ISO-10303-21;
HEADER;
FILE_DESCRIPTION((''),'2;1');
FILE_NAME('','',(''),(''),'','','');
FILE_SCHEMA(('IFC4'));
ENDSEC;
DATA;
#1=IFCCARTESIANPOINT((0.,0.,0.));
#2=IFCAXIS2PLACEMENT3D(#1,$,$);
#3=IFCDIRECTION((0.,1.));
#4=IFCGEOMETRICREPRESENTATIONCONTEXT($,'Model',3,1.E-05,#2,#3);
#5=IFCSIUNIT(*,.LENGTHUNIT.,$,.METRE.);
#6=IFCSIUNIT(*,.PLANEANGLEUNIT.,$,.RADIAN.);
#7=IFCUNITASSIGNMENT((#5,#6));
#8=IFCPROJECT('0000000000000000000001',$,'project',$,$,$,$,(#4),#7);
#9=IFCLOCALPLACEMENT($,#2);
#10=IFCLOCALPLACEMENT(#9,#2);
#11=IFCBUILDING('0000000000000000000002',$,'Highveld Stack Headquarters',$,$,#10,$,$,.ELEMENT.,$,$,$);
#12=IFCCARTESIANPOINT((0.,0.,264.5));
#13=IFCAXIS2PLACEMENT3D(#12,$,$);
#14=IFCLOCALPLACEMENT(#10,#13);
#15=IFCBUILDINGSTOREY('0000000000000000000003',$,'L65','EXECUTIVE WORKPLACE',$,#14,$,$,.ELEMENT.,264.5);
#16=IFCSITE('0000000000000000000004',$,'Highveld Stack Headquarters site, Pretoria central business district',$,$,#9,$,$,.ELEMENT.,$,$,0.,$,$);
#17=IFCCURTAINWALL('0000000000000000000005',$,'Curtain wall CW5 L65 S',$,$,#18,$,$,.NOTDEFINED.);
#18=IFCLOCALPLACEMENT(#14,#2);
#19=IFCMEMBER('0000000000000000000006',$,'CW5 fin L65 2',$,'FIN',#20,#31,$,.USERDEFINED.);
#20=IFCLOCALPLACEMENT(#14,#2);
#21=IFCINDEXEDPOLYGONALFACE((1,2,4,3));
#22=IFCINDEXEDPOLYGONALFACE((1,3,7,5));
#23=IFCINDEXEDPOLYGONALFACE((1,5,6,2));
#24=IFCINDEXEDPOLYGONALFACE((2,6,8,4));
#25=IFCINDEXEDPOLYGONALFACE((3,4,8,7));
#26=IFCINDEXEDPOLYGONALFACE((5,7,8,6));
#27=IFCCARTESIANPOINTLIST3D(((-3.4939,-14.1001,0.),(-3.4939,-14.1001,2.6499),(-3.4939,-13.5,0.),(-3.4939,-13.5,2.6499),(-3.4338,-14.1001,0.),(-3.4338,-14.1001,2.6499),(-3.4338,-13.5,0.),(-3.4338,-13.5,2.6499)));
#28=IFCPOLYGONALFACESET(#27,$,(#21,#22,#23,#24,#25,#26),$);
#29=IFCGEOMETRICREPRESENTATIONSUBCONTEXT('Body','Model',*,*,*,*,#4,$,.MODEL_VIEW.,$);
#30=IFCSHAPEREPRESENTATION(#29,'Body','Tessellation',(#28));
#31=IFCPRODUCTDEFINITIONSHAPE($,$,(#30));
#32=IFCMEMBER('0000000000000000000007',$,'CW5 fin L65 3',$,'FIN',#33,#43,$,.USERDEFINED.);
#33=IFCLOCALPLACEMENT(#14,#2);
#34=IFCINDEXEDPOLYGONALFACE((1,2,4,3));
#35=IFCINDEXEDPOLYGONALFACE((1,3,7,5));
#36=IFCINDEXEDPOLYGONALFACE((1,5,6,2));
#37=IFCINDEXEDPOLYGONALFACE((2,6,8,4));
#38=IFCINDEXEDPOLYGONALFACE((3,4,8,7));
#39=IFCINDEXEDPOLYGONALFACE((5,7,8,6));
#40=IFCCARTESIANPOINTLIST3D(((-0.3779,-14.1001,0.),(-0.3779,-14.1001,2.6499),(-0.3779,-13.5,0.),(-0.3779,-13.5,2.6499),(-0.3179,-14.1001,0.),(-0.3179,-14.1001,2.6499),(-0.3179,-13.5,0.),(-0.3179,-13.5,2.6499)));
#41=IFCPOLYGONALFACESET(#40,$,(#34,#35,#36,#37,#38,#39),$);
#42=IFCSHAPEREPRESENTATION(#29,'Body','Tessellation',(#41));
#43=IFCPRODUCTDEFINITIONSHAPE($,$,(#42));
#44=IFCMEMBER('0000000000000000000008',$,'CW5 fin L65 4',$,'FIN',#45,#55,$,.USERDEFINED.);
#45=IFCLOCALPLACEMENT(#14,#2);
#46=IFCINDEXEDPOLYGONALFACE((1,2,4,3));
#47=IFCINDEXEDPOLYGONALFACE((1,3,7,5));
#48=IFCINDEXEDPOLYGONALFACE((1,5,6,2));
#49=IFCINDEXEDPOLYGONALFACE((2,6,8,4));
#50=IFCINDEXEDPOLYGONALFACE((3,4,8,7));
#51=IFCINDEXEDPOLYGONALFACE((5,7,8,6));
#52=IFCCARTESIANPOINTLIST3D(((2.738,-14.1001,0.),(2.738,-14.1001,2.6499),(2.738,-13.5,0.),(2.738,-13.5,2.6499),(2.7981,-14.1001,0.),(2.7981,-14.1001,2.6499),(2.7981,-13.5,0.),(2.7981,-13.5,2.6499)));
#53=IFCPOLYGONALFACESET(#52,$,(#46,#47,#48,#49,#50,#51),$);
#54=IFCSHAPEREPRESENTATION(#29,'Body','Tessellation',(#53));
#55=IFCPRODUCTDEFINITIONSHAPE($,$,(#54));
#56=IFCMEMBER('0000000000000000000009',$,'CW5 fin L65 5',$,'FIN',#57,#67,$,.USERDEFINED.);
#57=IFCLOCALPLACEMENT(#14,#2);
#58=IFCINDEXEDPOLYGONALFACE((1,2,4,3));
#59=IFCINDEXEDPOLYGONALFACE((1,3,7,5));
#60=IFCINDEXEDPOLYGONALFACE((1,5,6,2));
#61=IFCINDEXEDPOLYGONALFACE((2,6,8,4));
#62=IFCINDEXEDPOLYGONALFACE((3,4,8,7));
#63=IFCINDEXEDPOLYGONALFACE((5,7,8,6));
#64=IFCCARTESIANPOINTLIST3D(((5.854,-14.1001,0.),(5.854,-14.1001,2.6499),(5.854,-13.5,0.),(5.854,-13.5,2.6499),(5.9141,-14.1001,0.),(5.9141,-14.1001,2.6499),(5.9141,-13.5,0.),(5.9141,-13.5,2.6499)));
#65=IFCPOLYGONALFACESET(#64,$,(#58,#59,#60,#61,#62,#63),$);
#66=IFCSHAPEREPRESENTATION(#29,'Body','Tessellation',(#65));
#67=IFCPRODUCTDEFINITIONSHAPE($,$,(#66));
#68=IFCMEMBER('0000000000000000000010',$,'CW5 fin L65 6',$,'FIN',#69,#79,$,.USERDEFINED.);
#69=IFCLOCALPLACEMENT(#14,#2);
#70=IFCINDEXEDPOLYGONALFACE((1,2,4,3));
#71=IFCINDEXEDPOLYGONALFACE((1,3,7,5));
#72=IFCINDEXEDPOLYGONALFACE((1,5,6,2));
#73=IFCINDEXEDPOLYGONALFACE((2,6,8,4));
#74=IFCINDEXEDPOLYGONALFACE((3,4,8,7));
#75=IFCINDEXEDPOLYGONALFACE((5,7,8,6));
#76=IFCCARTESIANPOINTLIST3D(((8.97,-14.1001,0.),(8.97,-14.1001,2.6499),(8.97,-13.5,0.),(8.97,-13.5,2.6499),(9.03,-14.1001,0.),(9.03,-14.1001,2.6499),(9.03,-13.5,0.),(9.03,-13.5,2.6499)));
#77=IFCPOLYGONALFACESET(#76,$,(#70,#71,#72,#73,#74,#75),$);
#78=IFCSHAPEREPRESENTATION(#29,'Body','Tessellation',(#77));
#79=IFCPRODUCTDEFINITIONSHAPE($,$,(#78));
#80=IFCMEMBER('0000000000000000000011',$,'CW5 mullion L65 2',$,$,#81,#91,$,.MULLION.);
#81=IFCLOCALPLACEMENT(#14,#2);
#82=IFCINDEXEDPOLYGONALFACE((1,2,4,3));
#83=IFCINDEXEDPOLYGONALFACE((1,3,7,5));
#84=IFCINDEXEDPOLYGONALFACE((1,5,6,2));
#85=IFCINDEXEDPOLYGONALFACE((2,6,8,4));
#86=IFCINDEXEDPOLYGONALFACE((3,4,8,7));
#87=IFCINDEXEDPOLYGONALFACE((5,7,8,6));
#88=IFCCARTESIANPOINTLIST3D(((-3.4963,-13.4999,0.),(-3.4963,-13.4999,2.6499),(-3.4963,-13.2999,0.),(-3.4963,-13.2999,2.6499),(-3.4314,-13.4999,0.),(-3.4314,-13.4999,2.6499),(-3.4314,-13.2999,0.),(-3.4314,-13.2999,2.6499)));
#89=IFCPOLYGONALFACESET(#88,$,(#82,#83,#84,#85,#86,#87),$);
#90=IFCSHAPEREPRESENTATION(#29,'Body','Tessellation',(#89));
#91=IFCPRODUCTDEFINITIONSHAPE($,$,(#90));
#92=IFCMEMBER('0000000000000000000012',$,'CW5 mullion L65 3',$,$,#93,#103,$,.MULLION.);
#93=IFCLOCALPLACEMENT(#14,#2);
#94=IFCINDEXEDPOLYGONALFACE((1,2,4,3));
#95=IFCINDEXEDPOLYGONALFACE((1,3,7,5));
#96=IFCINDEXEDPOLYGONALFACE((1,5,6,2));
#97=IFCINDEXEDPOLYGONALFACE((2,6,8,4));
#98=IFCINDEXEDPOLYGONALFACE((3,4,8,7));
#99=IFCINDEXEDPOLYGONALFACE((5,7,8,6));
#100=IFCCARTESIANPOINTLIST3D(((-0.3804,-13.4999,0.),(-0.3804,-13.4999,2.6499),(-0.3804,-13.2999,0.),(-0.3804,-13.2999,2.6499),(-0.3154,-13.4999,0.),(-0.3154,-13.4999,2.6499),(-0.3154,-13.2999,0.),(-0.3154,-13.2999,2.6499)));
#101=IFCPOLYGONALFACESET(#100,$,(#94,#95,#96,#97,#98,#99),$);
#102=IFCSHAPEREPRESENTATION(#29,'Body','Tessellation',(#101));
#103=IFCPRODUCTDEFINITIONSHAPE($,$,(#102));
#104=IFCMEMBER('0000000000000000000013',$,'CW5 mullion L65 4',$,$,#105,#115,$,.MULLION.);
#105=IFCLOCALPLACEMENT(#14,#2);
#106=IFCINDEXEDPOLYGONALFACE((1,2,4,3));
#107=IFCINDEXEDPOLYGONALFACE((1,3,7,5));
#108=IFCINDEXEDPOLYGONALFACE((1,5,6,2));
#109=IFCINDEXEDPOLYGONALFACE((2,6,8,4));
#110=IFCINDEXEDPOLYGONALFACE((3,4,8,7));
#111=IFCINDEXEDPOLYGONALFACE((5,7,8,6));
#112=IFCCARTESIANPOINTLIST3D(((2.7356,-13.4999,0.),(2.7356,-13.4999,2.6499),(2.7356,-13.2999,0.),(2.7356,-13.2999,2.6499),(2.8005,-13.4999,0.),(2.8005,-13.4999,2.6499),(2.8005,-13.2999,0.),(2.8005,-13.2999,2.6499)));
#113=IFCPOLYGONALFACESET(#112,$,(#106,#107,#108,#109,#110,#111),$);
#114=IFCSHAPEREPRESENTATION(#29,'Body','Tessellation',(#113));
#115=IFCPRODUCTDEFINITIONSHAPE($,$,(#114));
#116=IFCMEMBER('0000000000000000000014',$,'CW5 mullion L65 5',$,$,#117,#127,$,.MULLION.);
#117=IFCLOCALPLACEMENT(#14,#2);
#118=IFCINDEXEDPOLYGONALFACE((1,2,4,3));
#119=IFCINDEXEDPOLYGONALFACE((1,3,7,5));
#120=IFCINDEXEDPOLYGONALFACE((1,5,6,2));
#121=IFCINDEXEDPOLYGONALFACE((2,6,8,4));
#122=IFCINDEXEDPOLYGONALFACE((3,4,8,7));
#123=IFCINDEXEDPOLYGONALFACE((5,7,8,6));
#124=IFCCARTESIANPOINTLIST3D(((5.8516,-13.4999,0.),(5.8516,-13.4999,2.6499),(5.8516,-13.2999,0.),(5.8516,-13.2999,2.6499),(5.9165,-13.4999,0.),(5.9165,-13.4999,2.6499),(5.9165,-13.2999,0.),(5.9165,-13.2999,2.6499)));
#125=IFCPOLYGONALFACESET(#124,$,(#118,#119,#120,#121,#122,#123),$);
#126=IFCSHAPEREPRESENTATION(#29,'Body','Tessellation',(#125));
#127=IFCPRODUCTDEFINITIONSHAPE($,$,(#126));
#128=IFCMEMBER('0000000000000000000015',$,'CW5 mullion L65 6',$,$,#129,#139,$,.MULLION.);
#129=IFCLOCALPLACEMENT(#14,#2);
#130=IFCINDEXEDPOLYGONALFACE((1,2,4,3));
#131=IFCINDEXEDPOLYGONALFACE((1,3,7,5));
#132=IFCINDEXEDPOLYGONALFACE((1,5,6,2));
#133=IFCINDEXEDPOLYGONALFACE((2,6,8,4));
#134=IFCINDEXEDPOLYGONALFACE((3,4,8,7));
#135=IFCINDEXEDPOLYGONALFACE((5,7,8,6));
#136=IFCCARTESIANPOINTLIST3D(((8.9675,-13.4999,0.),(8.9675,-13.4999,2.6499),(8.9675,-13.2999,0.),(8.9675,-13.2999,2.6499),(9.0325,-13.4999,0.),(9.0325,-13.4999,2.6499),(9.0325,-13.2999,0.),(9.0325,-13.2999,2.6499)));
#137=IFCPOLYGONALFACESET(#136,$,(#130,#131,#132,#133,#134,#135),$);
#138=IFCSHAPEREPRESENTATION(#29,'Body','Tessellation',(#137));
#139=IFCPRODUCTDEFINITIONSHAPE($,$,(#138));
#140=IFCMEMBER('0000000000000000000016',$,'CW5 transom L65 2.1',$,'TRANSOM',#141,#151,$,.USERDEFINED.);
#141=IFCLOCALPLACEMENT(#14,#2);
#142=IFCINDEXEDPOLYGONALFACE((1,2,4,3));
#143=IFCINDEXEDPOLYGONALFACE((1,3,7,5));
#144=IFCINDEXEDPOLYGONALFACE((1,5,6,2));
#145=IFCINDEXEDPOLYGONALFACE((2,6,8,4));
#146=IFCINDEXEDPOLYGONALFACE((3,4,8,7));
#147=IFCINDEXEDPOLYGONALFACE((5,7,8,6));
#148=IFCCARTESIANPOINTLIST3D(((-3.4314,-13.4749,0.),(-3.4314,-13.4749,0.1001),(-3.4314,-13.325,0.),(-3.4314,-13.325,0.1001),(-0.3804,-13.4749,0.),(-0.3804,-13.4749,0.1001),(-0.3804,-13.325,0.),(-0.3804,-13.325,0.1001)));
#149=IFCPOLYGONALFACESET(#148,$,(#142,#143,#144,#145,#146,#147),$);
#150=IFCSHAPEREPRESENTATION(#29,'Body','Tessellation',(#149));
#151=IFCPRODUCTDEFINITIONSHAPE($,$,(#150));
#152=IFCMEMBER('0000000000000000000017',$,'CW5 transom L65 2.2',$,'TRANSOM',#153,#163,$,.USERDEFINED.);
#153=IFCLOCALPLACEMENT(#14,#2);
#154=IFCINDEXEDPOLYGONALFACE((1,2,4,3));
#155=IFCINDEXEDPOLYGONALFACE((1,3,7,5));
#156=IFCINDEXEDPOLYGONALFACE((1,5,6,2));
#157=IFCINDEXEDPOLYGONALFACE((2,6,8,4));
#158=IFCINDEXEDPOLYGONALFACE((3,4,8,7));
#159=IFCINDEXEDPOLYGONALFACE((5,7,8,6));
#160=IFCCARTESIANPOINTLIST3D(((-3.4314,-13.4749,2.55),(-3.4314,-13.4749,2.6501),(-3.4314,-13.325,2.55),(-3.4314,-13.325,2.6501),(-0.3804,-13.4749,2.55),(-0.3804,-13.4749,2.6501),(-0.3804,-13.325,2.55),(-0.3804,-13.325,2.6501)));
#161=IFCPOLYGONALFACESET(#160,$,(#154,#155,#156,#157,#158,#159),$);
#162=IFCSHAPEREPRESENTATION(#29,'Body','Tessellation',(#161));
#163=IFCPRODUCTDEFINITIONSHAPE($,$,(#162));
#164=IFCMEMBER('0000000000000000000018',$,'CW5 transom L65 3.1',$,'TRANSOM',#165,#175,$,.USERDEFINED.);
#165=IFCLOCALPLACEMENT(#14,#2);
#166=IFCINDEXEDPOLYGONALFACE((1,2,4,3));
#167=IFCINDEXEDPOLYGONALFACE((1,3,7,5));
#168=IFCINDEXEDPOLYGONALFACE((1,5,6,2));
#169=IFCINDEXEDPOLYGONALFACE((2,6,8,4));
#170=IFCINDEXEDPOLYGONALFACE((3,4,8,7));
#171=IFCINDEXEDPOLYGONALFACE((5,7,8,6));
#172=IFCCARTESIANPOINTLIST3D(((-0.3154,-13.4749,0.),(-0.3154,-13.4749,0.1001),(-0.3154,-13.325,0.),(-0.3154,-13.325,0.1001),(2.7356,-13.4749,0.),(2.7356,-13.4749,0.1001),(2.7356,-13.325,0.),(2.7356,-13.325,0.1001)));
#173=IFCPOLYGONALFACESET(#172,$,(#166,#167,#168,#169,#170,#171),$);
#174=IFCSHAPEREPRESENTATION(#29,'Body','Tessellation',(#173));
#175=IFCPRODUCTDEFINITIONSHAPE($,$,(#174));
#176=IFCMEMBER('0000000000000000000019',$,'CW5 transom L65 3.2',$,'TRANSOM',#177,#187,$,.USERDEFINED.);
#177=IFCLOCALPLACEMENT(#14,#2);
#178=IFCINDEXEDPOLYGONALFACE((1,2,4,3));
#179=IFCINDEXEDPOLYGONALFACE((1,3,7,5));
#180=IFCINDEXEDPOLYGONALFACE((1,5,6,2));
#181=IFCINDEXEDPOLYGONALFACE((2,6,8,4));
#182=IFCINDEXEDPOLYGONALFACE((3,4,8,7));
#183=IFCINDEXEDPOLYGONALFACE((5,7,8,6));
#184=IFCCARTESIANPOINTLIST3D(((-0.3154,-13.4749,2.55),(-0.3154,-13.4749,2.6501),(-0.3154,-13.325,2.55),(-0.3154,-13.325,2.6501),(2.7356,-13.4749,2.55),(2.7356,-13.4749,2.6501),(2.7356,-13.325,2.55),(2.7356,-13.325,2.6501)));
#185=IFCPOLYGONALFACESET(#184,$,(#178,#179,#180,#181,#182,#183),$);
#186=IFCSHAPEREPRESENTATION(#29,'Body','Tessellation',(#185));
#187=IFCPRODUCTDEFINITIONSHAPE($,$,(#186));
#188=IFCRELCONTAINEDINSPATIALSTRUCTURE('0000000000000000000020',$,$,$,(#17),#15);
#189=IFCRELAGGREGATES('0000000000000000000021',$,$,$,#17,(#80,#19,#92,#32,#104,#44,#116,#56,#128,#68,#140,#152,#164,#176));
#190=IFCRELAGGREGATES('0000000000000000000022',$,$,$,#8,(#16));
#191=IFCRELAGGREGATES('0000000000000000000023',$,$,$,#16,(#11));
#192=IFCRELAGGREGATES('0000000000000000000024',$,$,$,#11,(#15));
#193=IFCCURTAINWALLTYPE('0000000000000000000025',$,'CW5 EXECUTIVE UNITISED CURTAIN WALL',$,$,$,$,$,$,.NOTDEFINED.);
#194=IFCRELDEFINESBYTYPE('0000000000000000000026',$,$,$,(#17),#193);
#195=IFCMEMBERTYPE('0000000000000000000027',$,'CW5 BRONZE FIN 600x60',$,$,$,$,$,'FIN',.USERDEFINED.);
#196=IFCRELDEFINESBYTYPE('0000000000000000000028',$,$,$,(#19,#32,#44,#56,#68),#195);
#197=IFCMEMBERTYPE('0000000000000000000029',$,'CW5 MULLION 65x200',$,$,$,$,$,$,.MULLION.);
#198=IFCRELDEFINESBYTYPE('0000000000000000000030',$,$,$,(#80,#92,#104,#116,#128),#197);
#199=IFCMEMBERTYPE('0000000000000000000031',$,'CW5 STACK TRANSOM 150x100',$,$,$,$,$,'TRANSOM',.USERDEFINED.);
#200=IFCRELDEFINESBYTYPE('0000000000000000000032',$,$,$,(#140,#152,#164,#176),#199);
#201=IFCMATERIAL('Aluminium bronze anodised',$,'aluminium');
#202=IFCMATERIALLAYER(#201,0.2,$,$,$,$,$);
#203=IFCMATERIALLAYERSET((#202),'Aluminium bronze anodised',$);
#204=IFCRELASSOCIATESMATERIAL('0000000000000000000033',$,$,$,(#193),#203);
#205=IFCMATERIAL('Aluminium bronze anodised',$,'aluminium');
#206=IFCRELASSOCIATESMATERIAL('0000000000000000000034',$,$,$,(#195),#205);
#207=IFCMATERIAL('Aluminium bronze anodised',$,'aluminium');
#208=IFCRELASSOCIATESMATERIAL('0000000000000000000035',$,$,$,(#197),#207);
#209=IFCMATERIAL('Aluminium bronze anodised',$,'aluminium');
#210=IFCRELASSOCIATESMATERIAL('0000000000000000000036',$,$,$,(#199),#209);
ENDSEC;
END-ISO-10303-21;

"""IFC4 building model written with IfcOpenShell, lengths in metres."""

from ifc_helpers import new_model, si_unit, direction, frame, origin, origin_2d, place, context, subcontext, project, spatial, rectangle, extrude, material, layer, layer_set, material_profile, profile_set, type_object, element, aggregate, save


model = new_model("IFC4")

# Units and contexts
model_context = context("Model", 3, precision=1e-05, world=origin(), true_north=direction((0.0, 1.0)))
body_context = subcontext(model_context, "Body", "Model", "MODEL_VIEW")
ifc_project = project(units=[si_unit("LENGTHUNIT", "METRE"), si_unit("PLANEANGLEUNIT", "RADIAN")], contexts=[model_context])

# Site, building, storey
site_placement = place(None, origin())
site = spatial("IfcSite", under=ifc_project, at=site_placement, Name="Highveld Stack Headquarters site, Pretoria central business district", CompositionType="ELEMENT", RefElevation=0.0)
building_placement = place(site_placement, origin())
building = spatial("IfcBuilding", under=site, at=building_placement, Name="Highveld Stack Headquarters", CompositionType="ELEMENT")
storey_placement = place(building_placement, frame((0.0, 0.0, 264.5)))
storey = spatial("IfcBuildingStorey", under=building, at=storey_placement, Name="L65", Description="EXECUTIVE WORKPLACE", CompositionType="ELEMENT", Elevation=264.5)

# Curtain wall, members
ifc_material_1 = material(Name="Aluminium bronze anodised", Category="aluminium")
ifc_layer_1 = layer(ifc_material_1, 0.2)
ifc_layer_set_1 = layer_set([ifc_layer_1], Name="Aluminium bronze anodised")
curtain_wall_type = type_object("IfcCurtainWallType", Name="CW5 EXECUTIVE UNITISED CURTAIN WALL", PredefinedType="NOTDEFINED", material=ifc_layer_set_1)
curtain_wall_placement = place(storey_placement, origin())
curtain_wall = element("IfcCurtainWall", 1, at=curtain_wall_placement, inside=storey, type_object=curtain_wall_type, Name="Curtain wall CW5 L65 S", PredefinedType="NOTDEFINED")
ifc_material_2 = material(Name="Aluminium bronze anodised", Category="aluminium")
ifc_material_profile_1 = material_profile(ifc_material_2, rectangle(XDim=0.6001, YDim=0.0601, at=origin_2d()), Name="FIN 600x60")
ifc_profile_set_1 = profile_set([ifc_material_profile_1], Name="Aluminium bronze anodised")
member_type_1 = type_object("IfcMemberType", Name="CW5 BRONZE FIN 600x60", ElementType="FIN", PredefinedType="USERDEFINED", material=ifc_profile_set_1)
member_1_placement = place(storey_placement, frame((-3.4639, -13.8, 0.0), z_axis=(0.0, 0.0, 1.0), x_axis=(0.0, 1.0, 0.0)))
member_1 = element("IfcMember", 2, at=member_1_placement, type_object=member_type_1, Name="CW5 fin L65 2", ObjectType="FIN", PredefinedType="USERDEFINED", context=body_context, shape_type="SweptSolid", body=[
    extrude(rectangle(XDim=0.6001, YDim=0.0601, at=origin_2d()), origin(), (0.0, 0.0, 1.0), 2.6499),
])
member_2_placement = place(storey_placement, frame((-0.3479, -13.8, 0.0), z_axis=(0.0, 0.0, 1.0), x_axis=(0.0, 1.0, 0.0)))
member_2 = element("IfcMember", 3, at=member_2_placement, type_object=member_type_1, Name="CW5 fin L65 3", ObjectType="FIN", PredefinedType="USERDEFINED", context=body_context, shape_type="SweptSolid", body=[
    extrude(rectangle(XDim=0.6001, YDim=0.0601, at=origin_2d()), origin(), (0.0, 0.0, 1.0), 2.6499),
])
member_3_placement = place(storey_placement, frame((2.7681, -13.8, 0.0), z_axis=(0.0, 0.0, 1.0), x_axis=(0.0, 1.0, 0.0)))
member_3 = element("IfcMember", 4, at=member_3_placement, type_object=member_type_1, Name="CW5 fin L65 4", ObjectType="FIN", PredefinedType="USERDEFINED", context=body_context, shape_type="SweptSolid", body=[
    extrude(rectangle(XDim=0.6001, YDim=0.0601, at=origin_2d()), origin(), (0.0, 0.0, 1.0), 2.6499),
])
member_4_placement = place(storey_placement, frame((5.884, -13.8, 0.0), z_axis=(0.0, 0.0, 1.0), x_axis=(0.0, 1.0, 0.0)))
member_4 = element("IfcMember", 5, at=member_4_placement, type_object=member_type_1, Name="CW5 fin L65 5", ObjectType="FIN", PredefinedType="USERDEFINED", context=body_context, shape_type="SweptSolid", body=[
    extrude(rectangle(XDim=0.6001, YDim=0.0601, at=origin_2d()), origin(), (0.0, 0.0, 1.0), 2.6499),
])
member_5_placement = place(storey_placement, frame((9.0, -13.8, 0.0), z_axis=(0.0, 0.0, 1.0), x_axis=(0.0, 1.0, 0.0)))
member_5 = element("IfcMember", 6, at=member_5_placement, type_object=member_type_1, Name="CW5 fin L65 6", ObjectType="FIN", PredefinedType="USERDEFINED", context=body_context, shape_type="SweptSolid", body=[
    extrude(rectangle(XDim=0.6001, YDim=0.0601, at=origin_2d()), origin(), (0.0, 0.0, 1.0), 2.6499),
])
ifc_material_3 = material(Name="Aluminium bronze anodised", Category="aluminium")
ifc_material_profile_2 = material_profile(ifc_material_3, rectangle(XDim=0.2, YDim=0.0649, at=origin_2d()), Name="CW5 MULLION 65x200")
ifc_profile_set_2 = profile_set([ifc_material_profile_2], Name="Aluminium bronze anodised")
member_type_2 = type_object("IfcMemberType", Name="CW5 MULLION 65x200", PredefinedType="MULLION", material=ifc_profile_set_2)
member_6_placement = place(storey_placement, frame((-3.4639, -13.3999, 0.0), z_axis=(0.0, 0.0, 1.0), x_axis=(0.0, 1.0, 0.0)))
member_6 = element("IfcMember", 7, at=member_6_placement, type_object=member_type_2, Name="CW5 mullion L65 2", PredefinedType="MULLION", context=body_context, shape_type="SweptSolid", body=[
    extrude(rectangle(XDim=0.2, YDim=0.0649, at=origin_2d()), origin(), (0.0, 0.0, 1.0), 2.6499),
])
member_7_placement = place(storey_placement, frame((-0.3479, -13.3999, 0.0), z_axis=(0.0, 0.0, 1.0), x_axis=(0.0, 1.0, 0.0)))
member_7 = element("IfcMember", 8, at=member_7_placement, type_object=member_type_2, Name="CW5 mullion L65 3", PredefinedType="MULLION", context=body_context, shape_type="SweptSolid", body=[
    extrude(rectangle(XDim=0.2, YDim=0.0649, at=origin_2d()), origin(), (0.0, 0.0, 1.0), 2.6499),
])
member_8_placement = place(storey_placement, frame((2.7681, -13.3999, 0.0), z_axis=(0.0, 0.0, 1.0), x_axis=(0.0, 1.0, 0.0)))
member_8 = element("IfcMember", 9, at=member_8_placement, type_object=member_type_2, Name="CW5 mullion L65 4", PredefinedType="MULLION", context=body_context, shape_type="SweptSolid", body=[
    extrude(rectangle(XDim=0.2, YDim=0.0649, at=origin_2d()), origin(), (0.0, 0.0, 1.0), 2.6499),
])
member_9_placement = place(storey_placement, frame((5.884, -13.3999, 0.0), z_axis=(0.0, 0.0, 1.0), x_axis=(0.0, 1.0, 0.0)))
member_9 = element("IfcMember", 10, at=member_9_placement, type_object=member_type_2, Name="CW5 mullion L65 5", PredefinedType="MULLION", context=body_context, shape_type="SweptSolid", body=[
    extrude(rectangle(XDim=0.2, YDim=0.0649, at=origin_2d()), origin(), (0.0, 0.0, 1.0), 2.6499),
])
member_10_placement = place(storey_placement, frame((9.0, -13.3999, 0.0), z_axis=(0.0, 0.0, 1.0), x_axis=(0.0, 1.0, 0.0)))
member_10 = element("IfcMember", 11, at=member_10_placement, type_object=member_type_2, Name="CW5 mullion L65 6", PredefinedType="MULLION", context=body_context, shape_type="SweptSolid", body=[
    extrude(rectangle(XDim=0.2, YDim=0.0649, at=origin_2d()), origin(), (0.0, 0.0, 1.0), 2.6499),
])
ifc_material_4 = material(Name="Aluminium bronze anodised", Category="aluminium")
ifc_material_profile_3 = material_profile(ifc_material_4, rectangle(XDim=0.1499, YDim=0.1001, at=origin_2d()), Name="CW5 TRANSOM 150x100")
ifc_profile_set_3 = profile_set([ifc_material_profile_3], Name="Aluminium bronze anodised")
member_type_3 = type_object("IfcMemberType", Name="CW5 STACK TRANSOM 150x100", ElementType="TRANSOM", PredefinedType="USERDEFINED", material=ifc_profile_set_3)
member_11_placement = place(storey_placement, frame((-3.4314, -13.3999, 0.05), z_axis=(1.0, 0.0, 0.0), x_axis=(0.0, 1.0, 0.0)))
member_11 = element("IfcMember", 12, at=member_11_placement, type_object=member_type_3, Name="CW5 transom L65 2.1", ObjectType="TRANSOM", PredefinedType="USERDEFINED", context=body_context, shape_type="SweptSolid", body=[
    extrude(rectangle(XDim=0.1499, YDim=0.1001, at=origin_2d()), origin(), (0.0, 0.0, 1.0), 3.051),
])
member_12_placement = place(storey_placement, frame((-3.4314, -13.3999, 2.6001), z_axis=(1.0, 0.0, 0.0), x_axis=(0.0, 1.0, 0.0)))
member_12 = element("IfcMember", 13, at=member_12_placement, type_object=member_type_3, Name="CW5 transom L65 2.2", ObjectType="TRANSOM", PredefinedType="USERDEFINED", context=body_context, shape_type="SweptSolid", body=[
    extrude(rectangle(XDim=0.1499, YDim=0.1001, at=origin_2d()), origin(), (0.0, 0.0, 1.0), 3.051),
])
member_13_placement = place(storey_placement, frame((-0.3154, -13.3999, 0.05), z_axis=(1.0, 0.0, 0.0), x_axis=(0.0, 1.0, 0.0)))
member_13 = element("IfcMember", 14, at=member_13_placement, type_object=member_type_3, Name="CW5 transom L65 3.1", ObjectType="TRANSOM", PredefinedType="USERDEFINED", context=body_context, shape_type="SweptSolid", body=[
    extrude(rectangle(XDim=0.1499, YDim=0.1001, at=origin_2d()), origin(), (0.0, 0.0, 1.0), 3.051),
])
member_14_placement = place(storey_placement, frame((-0.3154, -13.3999, 2.6001), z_axis=(1.0, 0.0, 0.0), x_axis=(0.0, 1.0, 0.0)))
member_14 = element("IfcMember", 15, at=member_14_placement, type_object=member_type_3, Name="CW5 transom L65 3.2", ObjectType="TRANSOM", PredefinedType="USERDEFINED", context=body_context, shape_type="SweptSolid", body=[
    extrude(rectangle(XDim=0.1499, YDim=0.1001, at=origin_2d()), origin(), (0.0, 0.0, 1.0), 3.051),
])
aggregate(curtain_wall, [member_6, member_1, member_7, member_2, member_8, member_3, member_9, member_4, member_10, member_5, member_11, member_12, member_13, member_14])

save(model, "model.ifc")
